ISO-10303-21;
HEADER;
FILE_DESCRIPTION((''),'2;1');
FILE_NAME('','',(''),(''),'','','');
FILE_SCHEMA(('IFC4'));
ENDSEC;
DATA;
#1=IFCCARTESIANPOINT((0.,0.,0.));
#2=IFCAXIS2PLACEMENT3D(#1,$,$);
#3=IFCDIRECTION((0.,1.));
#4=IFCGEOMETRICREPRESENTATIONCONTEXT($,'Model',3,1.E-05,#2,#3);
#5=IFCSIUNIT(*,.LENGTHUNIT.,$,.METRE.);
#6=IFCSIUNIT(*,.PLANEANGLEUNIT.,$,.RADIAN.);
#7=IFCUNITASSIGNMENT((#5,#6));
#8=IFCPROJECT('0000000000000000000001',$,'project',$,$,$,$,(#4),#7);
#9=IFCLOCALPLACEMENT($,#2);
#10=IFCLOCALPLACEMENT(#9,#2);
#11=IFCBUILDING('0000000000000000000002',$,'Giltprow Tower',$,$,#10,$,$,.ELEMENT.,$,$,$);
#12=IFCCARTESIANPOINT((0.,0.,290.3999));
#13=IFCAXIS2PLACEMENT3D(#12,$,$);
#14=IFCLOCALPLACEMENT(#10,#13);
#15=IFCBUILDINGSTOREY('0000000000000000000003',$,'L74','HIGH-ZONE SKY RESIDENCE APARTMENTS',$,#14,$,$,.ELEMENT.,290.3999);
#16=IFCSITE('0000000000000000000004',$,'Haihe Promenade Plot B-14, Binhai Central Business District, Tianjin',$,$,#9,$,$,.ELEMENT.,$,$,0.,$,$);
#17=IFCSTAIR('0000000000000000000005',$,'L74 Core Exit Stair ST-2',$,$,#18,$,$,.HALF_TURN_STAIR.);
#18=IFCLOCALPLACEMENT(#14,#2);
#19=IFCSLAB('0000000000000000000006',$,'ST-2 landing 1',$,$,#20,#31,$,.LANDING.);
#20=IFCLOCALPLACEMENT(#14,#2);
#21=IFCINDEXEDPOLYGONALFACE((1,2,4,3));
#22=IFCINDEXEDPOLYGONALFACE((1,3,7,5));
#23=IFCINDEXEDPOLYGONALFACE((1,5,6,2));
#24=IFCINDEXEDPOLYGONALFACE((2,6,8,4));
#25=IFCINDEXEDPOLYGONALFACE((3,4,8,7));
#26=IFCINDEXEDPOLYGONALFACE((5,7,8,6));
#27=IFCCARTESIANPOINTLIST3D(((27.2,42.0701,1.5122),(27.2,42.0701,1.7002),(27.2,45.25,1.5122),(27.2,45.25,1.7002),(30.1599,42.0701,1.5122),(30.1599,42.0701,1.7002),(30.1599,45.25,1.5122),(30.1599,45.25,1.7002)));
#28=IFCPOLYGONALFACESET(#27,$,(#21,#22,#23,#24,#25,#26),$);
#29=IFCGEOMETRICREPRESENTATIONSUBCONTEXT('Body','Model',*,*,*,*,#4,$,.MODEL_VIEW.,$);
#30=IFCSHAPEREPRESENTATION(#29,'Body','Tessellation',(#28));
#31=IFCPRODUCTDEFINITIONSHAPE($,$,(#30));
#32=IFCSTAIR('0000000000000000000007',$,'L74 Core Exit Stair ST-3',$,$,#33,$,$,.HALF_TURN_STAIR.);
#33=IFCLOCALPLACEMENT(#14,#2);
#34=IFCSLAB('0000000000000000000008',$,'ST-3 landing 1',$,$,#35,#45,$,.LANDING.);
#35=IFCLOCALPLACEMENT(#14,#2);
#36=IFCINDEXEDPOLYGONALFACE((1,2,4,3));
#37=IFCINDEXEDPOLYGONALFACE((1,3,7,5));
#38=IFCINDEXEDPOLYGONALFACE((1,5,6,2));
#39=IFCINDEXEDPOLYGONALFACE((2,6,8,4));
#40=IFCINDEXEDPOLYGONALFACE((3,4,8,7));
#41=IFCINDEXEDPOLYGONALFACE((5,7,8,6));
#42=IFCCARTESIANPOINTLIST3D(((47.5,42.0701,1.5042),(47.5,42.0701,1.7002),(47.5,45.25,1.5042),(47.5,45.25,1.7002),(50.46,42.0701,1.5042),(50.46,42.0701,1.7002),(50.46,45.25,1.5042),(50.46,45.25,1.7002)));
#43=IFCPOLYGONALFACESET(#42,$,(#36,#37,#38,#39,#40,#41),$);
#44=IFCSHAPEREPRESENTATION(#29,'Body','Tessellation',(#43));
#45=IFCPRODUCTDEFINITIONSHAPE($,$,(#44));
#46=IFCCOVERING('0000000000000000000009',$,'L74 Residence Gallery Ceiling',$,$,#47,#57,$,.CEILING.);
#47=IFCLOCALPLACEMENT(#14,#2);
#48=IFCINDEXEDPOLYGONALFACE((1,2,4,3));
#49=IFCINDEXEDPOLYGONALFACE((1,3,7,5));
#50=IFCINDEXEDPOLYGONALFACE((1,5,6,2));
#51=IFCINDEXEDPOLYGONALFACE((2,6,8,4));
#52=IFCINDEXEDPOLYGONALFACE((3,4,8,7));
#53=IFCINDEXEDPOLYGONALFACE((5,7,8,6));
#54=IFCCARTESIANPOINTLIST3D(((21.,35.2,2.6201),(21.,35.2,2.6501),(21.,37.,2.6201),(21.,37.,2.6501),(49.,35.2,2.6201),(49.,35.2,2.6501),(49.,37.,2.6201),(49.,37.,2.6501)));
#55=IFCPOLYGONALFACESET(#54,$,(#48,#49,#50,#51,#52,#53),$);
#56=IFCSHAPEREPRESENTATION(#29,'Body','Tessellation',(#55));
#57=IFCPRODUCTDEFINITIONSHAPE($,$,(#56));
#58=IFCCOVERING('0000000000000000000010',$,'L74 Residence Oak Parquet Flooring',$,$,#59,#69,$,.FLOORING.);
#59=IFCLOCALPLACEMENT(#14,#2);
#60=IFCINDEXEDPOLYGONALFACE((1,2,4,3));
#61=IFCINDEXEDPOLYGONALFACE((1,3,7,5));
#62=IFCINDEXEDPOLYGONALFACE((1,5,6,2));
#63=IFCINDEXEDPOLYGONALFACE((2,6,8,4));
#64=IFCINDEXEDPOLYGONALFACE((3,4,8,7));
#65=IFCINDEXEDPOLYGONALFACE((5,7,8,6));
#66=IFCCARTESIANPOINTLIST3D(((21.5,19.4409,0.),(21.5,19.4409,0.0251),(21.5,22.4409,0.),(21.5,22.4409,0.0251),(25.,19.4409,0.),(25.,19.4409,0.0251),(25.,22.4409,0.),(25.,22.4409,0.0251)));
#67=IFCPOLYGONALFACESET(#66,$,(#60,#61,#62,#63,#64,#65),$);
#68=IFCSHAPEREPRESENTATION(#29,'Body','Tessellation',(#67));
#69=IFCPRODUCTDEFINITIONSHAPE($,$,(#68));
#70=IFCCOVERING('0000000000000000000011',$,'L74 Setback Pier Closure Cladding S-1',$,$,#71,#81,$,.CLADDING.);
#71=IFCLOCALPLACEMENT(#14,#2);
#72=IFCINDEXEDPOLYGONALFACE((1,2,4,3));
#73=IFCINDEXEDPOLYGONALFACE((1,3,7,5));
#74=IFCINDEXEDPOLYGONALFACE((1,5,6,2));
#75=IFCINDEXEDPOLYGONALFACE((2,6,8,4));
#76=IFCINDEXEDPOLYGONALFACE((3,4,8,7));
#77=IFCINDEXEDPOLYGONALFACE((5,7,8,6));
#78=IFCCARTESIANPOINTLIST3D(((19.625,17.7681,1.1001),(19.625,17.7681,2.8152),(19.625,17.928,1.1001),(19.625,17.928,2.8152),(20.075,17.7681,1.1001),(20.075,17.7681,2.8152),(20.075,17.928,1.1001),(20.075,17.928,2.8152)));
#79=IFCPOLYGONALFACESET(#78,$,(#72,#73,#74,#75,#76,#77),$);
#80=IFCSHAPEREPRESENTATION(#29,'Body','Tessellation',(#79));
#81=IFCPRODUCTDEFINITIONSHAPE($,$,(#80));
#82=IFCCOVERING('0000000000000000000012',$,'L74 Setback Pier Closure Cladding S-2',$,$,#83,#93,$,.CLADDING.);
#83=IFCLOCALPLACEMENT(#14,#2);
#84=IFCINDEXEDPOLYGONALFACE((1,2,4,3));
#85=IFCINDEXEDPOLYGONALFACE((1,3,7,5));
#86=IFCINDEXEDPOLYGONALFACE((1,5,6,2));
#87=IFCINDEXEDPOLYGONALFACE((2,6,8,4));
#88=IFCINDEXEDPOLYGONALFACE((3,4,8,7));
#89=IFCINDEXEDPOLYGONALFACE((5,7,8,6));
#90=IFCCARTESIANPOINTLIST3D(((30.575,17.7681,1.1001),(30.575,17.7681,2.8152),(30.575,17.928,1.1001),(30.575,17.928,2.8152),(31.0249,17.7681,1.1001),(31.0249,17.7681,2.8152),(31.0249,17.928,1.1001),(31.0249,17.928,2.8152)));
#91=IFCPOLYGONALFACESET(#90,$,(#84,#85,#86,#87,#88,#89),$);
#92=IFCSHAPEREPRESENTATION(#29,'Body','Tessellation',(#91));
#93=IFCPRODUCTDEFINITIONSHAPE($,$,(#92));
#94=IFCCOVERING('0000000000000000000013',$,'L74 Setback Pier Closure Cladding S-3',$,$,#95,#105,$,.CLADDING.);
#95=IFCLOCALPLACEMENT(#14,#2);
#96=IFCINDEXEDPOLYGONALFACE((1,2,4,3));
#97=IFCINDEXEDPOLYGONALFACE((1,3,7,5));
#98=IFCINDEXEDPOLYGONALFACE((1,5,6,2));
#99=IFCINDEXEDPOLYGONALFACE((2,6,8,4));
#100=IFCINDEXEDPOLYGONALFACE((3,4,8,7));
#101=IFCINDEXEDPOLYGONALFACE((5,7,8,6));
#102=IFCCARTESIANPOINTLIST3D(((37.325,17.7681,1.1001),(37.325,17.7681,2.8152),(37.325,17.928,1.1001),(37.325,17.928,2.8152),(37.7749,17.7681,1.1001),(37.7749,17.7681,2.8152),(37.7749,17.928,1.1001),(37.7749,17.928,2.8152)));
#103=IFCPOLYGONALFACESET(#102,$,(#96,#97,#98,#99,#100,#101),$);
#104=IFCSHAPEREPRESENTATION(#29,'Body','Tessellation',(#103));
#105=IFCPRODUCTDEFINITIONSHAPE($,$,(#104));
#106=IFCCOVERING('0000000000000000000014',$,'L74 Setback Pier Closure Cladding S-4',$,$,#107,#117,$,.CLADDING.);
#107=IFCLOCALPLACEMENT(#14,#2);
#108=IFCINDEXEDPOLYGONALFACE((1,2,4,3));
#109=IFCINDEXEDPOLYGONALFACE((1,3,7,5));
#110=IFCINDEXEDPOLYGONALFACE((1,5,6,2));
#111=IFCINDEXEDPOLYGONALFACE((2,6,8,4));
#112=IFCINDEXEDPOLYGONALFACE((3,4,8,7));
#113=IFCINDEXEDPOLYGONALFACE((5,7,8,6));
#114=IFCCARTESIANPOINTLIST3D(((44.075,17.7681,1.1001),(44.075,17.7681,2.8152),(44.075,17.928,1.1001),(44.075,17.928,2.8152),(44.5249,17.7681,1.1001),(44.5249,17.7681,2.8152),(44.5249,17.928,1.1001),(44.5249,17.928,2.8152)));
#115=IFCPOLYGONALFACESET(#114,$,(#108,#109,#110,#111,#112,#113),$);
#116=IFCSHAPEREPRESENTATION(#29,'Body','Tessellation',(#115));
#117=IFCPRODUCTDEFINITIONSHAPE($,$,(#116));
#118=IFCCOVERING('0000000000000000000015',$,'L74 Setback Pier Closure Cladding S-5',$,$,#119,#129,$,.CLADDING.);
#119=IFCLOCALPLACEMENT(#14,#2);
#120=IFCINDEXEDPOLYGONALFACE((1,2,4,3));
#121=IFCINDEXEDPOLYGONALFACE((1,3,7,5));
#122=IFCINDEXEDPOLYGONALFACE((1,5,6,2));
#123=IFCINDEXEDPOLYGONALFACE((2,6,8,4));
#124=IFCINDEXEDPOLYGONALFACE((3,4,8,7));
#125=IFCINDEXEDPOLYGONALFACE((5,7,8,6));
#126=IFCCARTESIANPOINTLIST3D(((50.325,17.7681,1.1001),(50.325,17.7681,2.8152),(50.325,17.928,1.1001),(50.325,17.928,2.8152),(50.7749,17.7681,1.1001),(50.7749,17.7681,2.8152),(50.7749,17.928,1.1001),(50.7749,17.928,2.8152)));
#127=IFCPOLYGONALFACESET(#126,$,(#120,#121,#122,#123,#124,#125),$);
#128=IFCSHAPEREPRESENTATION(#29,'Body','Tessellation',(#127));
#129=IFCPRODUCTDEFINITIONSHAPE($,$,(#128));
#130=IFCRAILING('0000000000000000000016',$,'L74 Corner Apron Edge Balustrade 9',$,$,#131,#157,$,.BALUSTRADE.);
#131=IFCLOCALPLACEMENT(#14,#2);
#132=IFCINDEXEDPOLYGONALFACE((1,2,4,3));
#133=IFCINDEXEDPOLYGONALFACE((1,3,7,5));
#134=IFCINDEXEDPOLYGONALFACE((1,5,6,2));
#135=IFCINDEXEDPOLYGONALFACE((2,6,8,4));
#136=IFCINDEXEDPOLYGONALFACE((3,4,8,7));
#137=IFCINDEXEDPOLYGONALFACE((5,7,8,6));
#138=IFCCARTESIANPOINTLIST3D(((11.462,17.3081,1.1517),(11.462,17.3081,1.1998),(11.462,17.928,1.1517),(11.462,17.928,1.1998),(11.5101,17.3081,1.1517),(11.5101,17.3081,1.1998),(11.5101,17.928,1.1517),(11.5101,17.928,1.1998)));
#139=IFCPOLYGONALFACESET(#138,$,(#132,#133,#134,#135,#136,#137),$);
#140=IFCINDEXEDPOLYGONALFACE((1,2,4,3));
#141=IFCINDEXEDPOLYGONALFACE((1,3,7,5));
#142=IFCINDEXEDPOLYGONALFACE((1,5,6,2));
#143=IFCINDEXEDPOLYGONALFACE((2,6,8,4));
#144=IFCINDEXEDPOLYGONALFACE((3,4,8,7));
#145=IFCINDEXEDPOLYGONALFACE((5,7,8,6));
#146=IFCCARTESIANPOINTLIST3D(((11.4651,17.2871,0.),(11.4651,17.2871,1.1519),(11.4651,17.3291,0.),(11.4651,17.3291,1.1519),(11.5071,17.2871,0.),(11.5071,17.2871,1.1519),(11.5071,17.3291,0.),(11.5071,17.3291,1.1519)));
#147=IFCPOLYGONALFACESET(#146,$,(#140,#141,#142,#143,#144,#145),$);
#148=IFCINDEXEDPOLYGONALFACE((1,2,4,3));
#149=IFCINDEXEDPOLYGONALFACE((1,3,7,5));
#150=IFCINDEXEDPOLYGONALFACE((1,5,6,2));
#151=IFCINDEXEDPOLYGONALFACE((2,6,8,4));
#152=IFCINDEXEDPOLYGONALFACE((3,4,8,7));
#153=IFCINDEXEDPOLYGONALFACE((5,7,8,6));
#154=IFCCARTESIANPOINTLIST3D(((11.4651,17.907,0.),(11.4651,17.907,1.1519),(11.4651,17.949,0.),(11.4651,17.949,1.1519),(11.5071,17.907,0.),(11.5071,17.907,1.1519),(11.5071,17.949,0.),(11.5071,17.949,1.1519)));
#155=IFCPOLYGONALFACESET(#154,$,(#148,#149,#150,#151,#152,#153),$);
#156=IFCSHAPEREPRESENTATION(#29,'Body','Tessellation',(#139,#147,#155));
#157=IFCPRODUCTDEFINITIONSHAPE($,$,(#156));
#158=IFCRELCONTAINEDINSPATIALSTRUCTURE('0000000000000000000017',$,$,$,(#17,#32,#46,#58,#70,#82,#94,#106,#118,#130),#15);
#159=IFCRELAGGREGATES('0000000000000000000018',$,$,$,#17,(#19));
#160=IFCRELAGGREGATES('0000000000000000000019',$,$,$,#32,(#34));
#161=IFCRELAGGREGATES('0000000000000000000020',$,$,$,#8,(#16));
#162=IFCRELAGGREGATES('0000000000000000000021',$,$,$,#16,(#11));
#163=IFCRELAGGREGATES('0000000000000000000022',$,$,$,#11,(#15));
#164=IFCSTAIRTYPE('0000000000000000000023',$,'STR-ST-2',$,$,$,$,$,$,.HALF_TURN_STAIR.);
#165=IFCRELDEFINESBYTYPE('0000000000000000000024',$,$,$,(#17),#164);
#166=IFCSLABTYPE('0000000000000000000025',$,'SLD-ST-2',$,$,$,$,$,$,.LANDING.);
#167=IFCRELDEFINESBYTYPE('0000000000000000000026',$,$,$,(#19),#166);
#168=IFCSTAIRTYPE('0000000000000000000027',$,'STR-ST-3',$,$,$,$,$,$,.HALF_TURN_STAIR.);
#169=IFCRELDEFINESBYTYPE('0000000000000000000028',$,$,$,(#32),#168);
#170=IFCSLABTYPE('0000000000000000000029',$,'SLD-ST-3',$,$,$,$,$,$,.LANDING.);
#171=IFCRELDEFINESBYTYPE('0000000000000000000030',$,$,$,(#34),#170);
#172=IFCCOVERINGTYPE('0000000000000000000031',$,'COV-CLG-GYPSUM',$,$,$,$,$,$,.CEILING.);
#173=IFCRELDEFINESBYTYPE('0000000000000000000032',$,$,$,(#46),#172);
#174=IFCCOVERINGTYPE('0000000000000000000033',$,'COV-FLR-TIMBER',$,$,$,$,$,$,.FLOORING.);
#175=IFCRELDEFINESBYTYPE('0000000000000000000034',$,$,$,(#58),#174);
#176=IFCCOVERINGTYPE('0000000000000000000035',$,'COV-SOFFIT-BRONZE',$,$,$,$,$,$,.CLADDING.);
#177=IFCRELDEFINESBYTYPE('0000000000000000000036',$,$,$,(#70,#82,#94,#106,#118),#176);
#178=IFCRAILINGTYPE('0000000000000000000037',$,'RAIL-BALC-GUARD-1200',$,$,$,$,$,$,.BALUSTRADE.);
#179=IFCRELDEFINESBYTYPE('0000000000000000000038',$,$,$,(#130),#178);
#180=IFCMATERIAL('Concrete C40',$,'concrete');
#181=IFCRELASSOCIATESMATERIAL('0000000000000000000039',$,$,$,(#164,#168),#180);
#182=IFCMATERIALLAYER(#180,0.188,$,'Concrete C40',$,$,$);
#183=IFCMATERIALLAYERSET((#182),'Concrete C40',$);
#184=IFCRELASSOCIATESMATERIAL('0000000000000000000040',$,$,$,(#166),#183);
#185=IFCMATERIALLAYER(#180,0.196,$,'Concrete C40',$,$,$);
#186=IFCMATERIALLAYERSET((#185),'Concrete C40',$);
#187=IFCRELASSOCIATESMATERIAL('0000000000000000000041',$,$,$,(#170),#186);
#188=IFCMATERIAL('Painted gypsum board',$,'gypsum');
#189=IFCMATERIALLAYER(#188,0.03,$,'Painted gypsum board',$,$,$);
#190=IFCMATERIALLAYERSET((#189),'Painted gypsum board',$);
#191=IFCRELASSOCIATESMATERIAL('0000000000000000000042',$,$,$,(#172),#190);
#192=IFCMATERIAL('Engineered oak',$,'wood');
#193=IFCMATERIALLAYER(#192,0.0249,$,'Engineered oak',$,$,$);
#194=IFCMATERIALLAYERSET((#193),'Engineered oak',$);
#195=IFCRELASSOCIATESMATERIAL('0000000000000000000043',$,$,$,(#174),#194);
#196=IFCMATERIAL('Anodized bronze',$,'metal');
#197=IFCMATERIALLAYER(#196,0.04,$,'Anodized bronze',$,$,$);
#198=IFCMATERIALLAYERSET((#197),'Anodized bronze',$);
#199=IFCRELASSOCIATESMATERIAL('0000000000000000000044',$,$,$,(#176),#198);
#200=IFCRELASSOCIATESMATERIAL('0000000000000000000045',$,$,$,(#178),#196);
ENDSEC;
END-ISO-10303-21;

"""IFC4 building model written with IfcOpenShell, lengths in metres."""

from ifc_helpers import new_model, si_unit, direction, frame, origin, origin_2d, place, context, subcontext, project, spatial, polyline, rectangle, outline, extrude, material, layer, layer_set, type_object, element, aggregate, save


model = new_model("IFC4")

# Units and contexts
model_context = context("Model", 3, precision=1e-05, world=origin(), true_north=direction((0.0, 1.0)))
body_context = subcontext(model_context, "Body", "Model", "MODEL_VIEW")
ifc_project = project(units=[si_unit("LENGTHUNIT", "METRE"), si_unit("PLANEANGLEUNIT", "RADIAN")], contexts=[model_context])

# Site, building, storey
site_placement = place(None, origin())
site = spatial("IfcSite", under=ifc_project, at=site_placement, Name="Haihe Promenade Plot B-14, Binhai Central Business District, Tianjin", CompositionType="ELEMENT", RefElevation=0.0)
building_placement = place(site_placement, origin())
building = spatial("IfcBuilding", under=site, at=building_placement, Name="Giltprow Tower", CompositionType="ELEMENT")
storey_placement = place(building_placement, frame((0.0, 0.0, 290.3999)))
storey = spatial("IfcBuildingStorey", under=building, at=storey_placement, Name="L74", Description="HIGH-ZONE SKY RESIDENCE APARTMENTS", CompositionType="ELEMENT", Elevation=290.3999)

# Shared definitions
ifc_material_1 = material(Name="Anodized bronze", Category="metal")

# Shared definitions
ifc_material_2 = material(Name="Concrete C40", Category="concrete")

# Stairs, slabs
stair_type_1 = type_object("IfcStairType", Name="STR-ST-2", PredefinedType="HALF_TURN_STAIR", material=ifc_material_2)
stair_1_placement = place(storey_placement, origin())
stair_1 = element("IfcStair", 1, at=stair_1_placement, inside=storey, type_object=stair_type_1, Name="L74 Core Exit Stair ST-2", PredefinedType="HALF_TURN_STAIR")
ifc_layer_1 = layer(ifc_material_2, 0.188, Name="Concrete C40")
ifc_layer_set_1 = layer_set([ifc_layer_1], Name="Concrete C40")
slab_type_1 = type_object("IfcSlabType", Name="SLD-ST-2", PredefinedType="LANDING", material=ifc_layer_set_1)
slab_1_placement = place(storey_placement, frame((0.0, 0.0, 1.5122)))
slab_1 = element("IfcSlab", 2, at=slab_1_placement, type_object=slab_type_1, Name="ST-2 landing 1", PredefinedType="LANDING", context=body_context, shape_type="SweptSolid", body=[
    extrude(outline(polyline([(30.1599, 42.0701), (30.1599, 45.25), (27.2, 45.25), (27.2, 42.0701), (30.1599, 42.0701)])), origin(), (0.0, 0.0, 1.0), 0.188),
])
aggregate(stair_1, [slab_1])
stair_type_2 = type_object("IfcStairType", Name="STR-ST-3", PredefinedType="HALF_TURN_STAIR", material=ifc_material_2)
stair_2_placement = place(storey_placement, origin())
stair_2 = element("IfcStair", 3, at=stair_2_placement, inside=storey, type_object=stair_type_2, Name="L74 Core Exit Stair ST-3", PredefinedType="HALF_TURN_STAIR")
ifc_layer_2 = layer(ifc_material_2, 0.196, Name="Concrete C40")
ifc_layer_set_2 = layer_set([ifc_layer_2], Name="Concrete C40")
slab_type_2 = type_object("IfcSlabType", Name="SLD-ST-3", PredefinedType="LANDING", material=ifc_layer_set_2)
slab_2_placement = place(storey_placement, frame((0.0, 0.0, 1.5042)))
slab_2 = element("IfcSlab", 4, at=slab_2_placement, type_object=slab_type_2, Name="ST-3 landing 1", PredefinedType="LANDING", context=body_context, shape_type="SweptSolid", body=[
    extrude(outline(polyline([(50.46, 42.0701), (50.46, 45.25), (47.5, 45.25), (47.5, 42.0701), (50.46, 42.0701)])), origin(), (0.0, 0.0, 1.0), 0.196),
])
aggregate(stair_2, [slab_2])

# Coverings
ifc_material_3 = material(Name="Painted gypsum board", Category="gypsum")
ifc_layer_3 = layer(ifc_material_3, 0.03, Name="Painted gypsum board")
ifc_layer_set_3 = layer_set([ifc_layer_3], Name="Painted gypsum board")
covering_type_1 = type_object("IfcCoveringType", Name="COV-CLG-GYPSUM", PredefinedType="CEILING", material=ifc_layer_set_3)
covering_1_placement = place(storey_placement, frame((0.0, 0.0, 2.6201)))
element("IfcCovering", 5, at=covering_1_placement, inside=storey, type_object=covering_type_1, Name="L74 Residence Gallery Ceiling", PredefinedType="CEILING", context=body_context, shape_type="SweptSolid", body=[
    extrude(outline(polyline([(21.0, 35.2), (49.0, 35.2), (49.0, 37.0), (21.0, 37.0), (21.0, 35.2)])), origin(), (0.0, 0.0, 1.0), 0.03),
])
ifc_material_4 = material(Name="Engineered oak", Category="wood")
ifc_layer_4 = layer(ifc_material_4, 0.0249, Name="Engineered oak")
ifc_layer_set_4 = layer_set([ifc_layer_4], Name="Engineered oak")
covering_type_2 = type_object("IfcCoveringType", Name="COV-FLR-TIMBER", PredefinedType="FLOORING", material=ifc_layer_set_4)
covering_2_placement = place(storey_placement, origin())
element("IfcCovering", 6, at=covering_2_placement, inside=storey, type_object=covering_type_2, Name="L74 Residence Oak Parquet Flooring", PredefinedType="FLOORING", context=body_context, shape_type="SweptSolid", body=[
    extrude(outline(polyline([(21.5, 19.4409), (25.0, 19.4409), (25.0, 22.4409), (21.5, 22.4409), (21.5, 19.4409)])), origin(), (0.0, 0.0, 1.0), 0.0251),
])
ifc_layer_5 = layer(ifc_material_1, 0.04, Name="Anodized bronze")
ifc_layer_set_5 = layer_set([ifc_layer_5], Name="Anodized bronze")
covering_type_3 = type_object("IfcCoveringType", Name="COV-SOFFIT-BRONZE", PredefinedType="CLADDING", material=ifc_layer_set_5)
covering_3_placement = place(storey_placement, frame((0.0, 0.0, 1.1001)))
element("IfcCovering", 7, at=covering_3_placement, inside=storey, type_object=covering_type_3, Name="L74 Setback Pier Closure Cladding S-1", PredefinedType="CLADDING", context=body_context, shape_type="SweptSolid", body=[
    extrude(outline(polyline([(19.625, 17.7681), (20.075, 17.7681), (20.075, 17.928), (19.625, 17.928), (19.625, 17.7681)])), origin(), (0.0, 0.0, 1.0), 1.7151),
])
covering_4_placement = place(storey_placement, frame((0.0, 0.0, 1.1001)))
element("IfcCovering", 8, at=covering_4_placement, inside=storey, type_object=covering_type_3, Name="L74 Setback Pier Closure Cladding S-2", PredefinedType="CLADDING", context=body_context, shape_type="SweptSolid", body=[
    extrude(outline(polyline([(30.575, 17.7681), (31.0249, 17.7681), (31.0249, 17.928), (30.575, 17.928), (30.575, 17.7681)])), origin(), (0.0, 0.0, 1.0), 1.7151),
])
covering_5_placement = place(storey_placement, frame((0.0, 0.0, 1.1001)))
element("IfcCovering", 9, at=covering_5_placement, inside=storey, type_object=covering_type_3, Name="L74 Setback Pier Closure Cladding S-3", PredefinedType="CLADDING", context=body_context, shape_type="SweptSolid", body=[
    extrude(outline(polyline([(37.325, 17.7681), (37.7749, 17.7681), (37.7749, 17.928), (37.325, 17.928), (37.325, 17.7681)])), origin(), (0.0, 0.0, 1.0), 1.7151),
])
covering_6_placement = place(storey_placement, frame((0.0, 0.0, 1.1001)))
element("IfcCovering", 10, at=covering_6_placement, inside=storey, type_object=covering_type_3, Name="L74 Setback Pier Closure Cladding S-4", PredefinedType="CLADDING", context=body_context, shape_type="SweptSolid", body=[
    extrude(outline(polyline([(44.075, 17.7681), (44.5249, 17.7681), (44.5249, 17.928), (44.075, 17.928), (44.075, 17.7681)])), origin(), (0.0, 0.0, 1.0), 1.7151),
])
covering_7_placement = place(storey_placement, frame((0.0, 0.0, 1.1001)))
element("IfcCovering", 11, at=covering_7_placement, inside=storey, type_object=covering_type_3, Name="L74 Setback Pier Closure Cladding S-5", PredefinedType="CLADDING", context=body_context, shape_type="SweptSolid", body=[
    extrude(outline(polyline([(50.325, 17.7681), (50.7749, 17.7681), (50.7749, 17.928), (50.325, 17.928), (50.325, 17.7681)])), origin(), (0.0, 0.0, 1.0), 1.7151),
])

# Railing
railing_type = type_object("IfcRailingType", Name="RAIL-BALC-GUARD-1200", PredefinedType="BALUSTRADE", material=ifc_material_1)
railing_placement = place(storey_placement, frame((11.4861, 17.3081, 0.0)))
element("IfcRailing", 12, at=railing_placement, inside=storey, type_object=railing_type, Name="L74 Corner Apron Edge Balustrade 9", PredefinedType="BALUSTRADE", context=body_context, shape_type="SweptSolid", body=[
    extrude(rectangle(XDim=0.0481, YDim=0.0481, at=origin_2d()), frame((0.0, 0.0, 1.1758), z_axis=(0.0, 1.0, 0.0), x_axis=(-1.0, 0.0, 0.0)), (0.0, 0.0, 1.0), 0.6199),
    extrude(rectangle(XDim=0.042, YDim=0.042, at=origin_2d()), origin(), (0.0, 0.0, 1.0), 1.1519),
    extrude(rectangle(XDim=0.042, YDim=0.042, at=origin_2d()), frame((0.0, 0.6199, 0.0)), (0.0, 0.0, 1.0), 1.1519),
])

save(model, "model.ifc")
